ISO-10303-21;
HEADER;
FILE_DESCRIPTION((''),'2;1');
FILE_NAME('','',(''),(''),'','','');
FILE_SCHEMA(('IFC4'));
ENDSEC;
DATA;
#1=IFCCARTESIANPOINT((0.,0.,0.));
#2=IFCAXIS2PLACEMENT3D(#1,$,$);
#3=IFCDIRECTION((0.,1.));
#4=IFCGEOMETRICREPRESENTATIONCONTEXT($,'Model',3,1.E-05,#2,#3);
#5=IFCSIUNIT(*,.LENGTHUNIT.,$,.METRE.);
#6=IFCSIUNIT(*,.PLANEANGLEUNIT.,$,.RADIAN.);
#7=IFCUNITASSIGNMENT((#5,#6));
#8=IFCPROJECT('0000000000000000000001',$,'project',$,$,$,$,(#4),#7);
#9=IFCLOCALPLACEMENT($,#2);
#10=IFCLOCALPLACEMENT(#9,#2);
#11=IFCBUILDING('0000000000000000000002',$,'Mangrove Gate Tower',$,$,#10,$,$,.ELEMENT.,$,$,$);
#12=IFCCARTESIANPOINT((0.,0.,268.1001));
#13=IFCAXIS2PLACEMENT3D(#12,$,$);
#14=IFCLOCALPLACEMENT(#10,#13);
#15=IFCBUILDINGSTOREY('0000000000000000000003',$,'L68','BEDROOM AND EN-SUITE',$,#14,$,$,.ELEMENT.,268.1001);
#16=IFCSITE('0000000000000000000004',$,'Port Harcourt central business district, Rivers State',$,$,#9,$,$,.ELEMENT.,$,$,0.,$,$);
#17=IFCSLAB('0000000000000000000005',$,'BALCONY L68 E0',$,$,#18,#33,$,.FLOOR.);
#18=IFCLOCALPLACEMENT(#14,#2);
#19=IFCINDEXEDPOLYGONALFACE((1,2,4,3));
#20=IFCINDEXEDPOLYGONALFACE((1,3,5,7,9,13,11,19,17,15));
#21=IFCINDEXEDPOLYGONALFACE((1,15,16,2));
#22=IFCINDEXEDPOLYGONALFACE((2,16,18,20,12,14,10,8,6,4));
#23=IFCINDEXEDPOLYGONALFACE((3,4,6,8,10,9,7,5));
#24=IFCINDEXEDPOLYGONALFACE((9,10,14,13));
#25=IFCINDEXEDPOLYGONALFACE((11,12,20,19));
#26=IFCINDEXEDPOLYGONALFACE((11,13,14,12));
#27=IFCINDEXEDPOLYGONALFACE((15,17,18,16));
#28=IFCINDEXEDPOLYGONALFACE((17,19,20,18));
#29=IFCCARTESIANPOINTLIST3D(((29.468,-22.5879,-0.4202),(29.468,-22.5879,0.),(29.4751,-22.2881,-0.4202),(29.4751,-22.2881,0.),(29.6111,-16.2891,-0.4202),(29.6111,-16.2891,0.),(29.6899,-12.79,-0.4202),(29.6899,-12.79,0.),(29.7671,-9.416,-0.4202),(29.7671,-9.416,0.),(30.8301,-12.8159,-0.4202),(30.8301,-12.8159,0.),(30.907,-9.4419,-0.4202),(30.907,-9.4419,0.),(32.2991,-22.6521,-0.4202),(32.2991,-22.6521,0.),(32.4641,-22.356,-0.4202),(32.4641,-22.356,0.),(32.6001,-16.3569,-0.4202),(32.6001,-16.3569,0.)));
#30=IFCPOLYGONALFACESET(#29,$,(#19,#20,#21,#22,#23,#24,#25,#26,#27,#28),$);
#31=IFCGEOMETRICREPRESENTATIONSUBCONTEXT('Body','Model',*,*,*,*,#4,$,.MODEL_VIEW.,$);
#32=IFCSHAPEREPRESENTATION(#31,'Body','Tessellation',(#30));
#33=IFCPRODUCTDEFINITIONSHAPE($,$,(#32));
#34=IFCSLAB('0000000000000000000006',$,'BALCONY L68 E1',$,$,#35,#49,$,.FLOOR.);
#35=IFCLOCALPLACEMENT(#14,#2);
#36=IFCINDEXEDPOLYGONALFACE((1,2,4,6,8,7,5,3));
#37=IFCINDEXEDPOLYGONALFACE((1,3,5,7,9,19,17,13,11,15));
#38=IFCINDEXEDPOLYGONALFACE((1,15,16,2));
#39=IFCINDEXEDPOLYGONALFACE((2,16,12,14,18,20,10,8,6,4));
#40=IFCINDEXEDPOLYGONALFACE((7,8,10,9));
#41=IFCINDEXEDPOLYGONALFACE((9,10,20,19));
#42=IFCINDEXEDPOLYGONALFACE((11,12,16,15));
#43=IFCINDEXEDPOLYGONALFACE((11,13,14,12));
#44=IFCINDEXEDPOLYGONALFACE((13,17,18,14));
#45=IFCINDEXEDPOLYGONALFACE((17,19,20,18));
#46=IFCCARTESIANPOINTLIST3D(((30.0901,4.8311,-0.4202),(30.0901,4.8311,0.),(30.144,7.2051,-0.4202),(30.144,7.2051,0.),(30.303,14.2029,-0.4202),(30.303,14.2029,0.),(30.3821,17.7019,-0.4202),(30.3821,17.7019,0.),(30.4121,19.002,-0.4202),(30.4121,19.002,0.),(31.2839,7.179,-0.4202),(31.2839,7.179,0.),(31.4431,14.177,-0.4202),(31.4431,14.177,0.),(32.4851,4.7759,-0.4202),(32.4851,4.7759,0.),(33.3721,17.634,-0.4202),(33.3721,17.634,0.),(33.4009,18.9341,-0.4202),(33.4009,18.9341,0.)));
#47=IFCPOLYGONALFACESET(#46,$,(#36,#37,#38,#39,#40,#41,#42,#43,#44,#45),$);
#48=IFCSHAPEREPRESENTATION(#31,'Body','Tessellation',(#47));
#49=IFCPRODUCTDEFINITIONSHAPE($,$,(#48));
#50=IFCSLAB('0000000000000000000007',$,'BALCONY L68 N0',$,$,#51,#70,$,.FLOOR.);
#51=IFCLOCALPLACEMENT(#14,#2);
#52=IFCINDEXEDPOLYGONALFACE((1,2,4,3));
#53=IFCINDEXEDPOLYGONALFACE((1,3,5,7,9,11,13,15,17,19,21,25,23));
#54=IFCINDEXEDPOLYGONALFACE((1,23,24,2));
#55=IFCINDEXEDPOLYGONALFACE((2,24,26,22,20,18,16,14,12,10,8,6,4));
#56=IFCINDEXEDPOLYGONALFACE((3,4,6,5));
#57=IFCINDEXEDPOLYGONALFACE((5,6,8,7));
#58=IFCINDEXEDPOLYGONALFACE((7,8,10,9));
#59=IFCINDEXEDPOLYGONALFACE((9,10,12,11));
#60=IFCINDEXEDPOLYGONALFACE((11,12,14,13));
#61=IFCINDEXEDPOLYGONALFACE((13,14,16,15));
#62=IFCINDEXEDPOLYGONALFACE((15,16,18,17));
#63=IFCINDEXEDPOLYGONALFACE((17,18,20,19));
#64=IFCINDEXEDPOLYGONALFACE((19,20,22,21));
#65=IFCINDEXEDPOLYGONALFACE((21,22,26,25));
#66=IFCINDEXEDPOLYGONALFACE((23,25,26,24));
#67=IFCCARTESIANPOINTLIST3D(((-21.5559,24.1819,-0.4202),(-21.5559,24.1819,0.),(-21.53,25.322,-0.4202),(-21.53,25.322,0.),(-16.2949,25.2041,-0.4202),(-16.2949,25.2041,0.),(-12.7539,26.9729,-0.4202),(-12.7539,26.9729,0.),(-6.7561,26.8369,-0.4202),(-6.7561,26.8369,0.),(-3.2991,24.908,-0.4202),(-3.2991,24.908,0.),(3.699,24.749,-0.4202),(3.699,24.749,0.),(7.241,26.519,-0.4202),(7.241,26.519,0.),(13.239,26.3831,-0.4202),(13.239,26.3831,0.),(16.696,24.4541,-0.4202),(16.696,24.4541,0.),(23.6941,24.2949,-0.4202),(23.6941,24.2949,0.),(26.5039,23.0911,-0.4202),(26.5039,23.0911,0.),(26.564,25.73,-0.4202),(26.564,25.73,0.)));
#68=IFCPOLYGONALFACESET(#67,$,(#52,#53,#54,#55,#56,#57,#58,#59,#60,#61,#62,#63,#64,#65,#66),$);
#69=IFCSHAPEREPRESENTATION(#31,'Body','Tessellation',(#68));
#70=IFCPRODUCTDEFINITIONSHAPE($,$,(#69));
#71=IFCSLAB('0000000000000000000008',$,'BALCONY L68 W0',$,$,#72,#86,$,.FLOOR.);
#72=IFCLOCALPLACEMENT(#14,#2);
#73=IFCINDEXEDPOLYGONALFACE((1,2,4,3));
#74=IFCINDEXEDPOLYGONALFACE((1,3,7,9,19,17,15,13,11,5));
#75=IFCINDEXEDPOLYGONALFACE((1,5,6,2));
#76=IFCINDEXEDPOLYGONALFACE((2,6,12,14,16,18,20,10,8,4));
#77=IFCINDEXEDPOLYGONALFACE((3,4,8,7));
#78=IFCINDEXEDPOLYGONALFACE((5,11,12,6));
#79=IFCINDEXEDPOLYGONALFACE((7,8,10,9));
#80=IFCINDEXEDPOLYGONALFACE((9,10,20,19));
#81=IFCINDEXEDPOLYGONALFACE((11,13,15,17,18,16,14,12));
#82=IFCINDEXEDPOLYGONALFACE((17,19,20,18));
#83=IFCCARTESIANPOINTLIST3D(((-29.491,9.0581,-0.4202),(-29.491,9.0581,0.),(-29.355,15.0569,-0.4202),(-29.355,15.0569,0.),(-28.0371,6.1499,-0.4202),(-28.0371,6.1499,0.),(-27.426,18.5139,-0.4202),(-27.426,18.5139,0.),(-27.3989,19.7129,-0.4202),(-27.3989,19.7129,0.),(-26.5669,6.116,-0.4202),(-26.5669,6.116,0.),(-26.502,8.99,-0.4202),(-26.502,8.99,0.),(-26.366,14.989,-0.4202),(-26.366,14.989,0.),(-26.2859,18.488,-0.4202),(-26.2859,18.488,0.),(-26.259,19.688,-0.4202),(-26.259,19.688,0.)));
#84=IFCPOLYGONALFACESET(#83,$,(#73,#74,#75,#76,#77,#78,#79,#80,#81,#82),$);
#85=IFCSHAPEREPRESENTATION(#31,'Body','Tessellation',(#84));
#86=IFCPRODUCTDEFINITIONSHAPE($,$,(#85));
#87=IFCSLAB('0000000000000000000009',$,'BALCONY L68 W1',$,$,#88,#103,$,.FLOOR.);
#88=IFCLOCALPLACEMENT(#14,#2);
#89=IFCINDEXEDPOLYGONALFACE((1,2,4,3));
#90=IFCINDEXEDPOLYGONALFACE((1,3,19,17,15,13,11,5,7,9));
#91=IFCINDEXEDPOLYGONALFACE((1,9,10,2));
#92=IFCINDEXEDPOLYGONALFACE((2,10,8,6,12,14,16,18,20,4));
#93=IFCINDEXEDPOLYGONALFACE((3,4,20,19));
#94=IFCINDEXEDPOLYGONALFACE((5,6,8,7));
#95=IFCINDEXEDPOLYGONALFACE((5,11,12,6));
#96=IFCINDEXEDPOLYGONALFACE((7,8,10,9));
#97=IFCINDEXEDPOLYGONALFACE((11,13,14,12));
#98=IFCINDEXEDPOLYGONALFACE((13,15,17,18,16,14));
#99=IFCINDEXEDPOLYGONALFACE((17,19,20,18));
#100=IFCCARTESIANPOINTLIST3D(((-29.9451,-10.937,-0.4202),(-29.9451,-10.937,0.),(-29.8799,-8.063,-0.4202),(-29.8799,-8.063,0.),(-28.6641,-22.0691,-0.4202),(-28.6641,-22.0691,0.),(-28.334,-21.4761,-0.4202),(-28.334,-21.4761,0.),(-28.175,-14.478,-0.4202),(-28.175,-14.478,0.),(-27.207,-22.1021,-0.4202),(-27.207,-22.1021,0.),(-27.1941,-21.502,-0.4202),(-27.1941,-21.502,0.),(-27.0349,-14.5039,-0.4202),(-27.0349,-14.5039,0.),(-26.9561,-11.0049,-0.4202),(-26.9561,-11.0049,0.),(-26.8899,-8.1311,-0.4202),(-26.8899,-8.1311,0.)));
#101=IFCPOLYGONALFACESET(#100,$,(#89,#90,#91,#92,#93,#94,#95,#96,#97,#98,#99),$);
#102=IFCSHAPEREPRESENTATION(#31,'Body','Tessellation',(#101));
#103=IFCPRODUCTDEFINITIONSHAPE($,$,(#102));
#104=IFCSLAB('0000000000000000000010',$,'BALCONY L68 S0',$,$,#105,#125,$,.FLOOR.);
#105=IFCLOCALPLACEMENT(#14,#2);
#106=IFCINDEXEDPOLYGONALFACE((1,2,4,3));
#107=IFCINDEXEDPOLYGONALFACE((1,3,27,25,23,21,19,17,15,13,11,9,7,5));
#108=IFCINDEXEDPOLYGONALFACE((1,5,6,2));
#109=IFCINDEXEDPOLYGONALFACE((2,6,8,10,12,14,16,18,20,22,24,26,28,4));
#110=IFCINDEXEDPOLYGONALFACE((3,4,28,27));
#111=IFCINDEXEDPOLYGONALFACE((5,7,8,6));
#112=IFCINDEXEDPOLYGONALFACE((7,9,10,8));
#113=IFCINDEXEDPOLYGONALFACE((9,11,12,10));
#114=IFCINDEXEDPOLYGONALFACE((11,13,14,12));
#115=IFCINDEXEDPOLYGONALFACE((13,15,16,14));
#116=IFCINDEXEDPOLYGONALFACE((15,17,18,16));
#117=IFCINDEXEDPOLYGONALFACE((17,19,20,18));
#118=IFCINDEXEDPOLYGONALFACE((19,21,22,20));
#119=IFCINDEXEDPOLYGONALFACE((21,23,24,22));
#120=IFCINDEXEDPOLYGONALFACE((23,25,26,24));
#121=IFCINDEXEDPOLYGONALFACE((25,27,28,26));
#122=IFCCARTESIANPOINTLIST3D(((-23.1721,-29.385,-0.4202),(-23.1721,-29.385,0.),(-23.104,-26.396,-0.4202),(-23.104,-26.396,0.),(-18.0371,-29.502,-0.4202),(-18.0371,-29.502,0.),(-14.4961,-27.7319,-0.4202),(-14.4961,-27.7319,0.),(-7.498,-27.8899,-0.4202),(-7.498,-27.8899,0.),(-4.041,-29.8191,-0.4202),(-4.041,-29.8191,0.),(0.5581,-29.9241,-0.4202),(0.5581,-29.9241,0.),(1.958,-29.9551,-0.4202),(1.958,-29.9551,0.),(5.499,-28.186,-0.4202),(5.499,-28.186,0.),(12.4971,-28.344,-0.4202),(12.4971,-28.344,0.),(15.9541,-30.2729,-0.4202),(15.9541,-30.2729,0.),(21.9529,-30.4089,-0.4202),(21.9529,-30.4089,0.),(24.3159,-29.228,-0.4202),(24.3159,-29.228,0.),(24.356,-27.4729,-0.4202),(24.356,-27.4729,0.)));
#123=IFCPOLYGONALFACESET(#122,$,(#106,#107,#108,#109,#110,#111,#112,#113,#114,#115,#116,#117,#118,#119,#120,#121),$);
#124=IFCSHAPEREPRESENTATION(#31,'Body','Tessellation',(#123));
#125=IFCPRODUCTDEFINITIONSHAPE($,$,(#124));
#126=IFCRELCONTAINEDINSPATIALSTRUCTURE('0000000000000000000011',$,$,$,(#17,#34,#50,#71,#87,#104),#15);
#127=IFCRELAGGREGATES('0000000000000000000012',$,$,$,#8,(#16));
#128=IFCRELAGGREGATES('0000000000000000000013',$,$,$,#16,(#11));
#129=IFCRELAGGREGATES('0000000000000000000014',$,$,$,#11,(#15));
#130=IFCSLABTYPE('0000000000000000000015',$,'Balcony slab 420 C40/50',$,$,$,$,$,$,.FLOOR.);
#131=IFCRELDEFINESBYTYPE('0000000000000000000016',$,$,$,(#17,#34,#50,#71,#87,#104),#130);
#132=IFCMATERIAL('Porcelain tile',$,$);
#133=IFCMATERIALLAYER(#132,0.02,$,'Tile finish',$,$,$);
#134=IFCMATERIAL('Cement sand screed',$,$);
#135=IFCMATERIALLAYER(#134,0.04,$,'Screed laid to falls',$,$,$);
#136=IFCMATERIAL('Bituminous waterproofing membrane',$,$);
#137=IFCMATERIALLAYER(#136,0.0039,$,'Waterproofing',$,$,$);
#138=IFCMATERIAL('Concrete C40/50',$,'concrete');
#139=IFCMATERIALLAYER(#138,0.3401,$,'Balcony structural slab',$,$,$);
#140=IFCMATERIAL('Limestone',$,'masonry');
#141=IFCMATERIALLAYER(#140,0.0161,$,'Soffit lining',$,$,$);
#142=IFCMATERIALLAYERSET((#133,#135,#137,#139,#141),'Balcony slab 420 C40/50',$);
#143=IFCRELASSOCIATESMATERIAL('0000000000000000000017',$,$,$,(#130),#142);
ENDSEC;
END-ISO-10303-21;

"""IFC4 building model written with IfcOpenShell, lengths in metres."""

from ifc_helpers import new_model, si_unit, direction, frame, origin, place, context, subcontext, project, spatial, polyline, outline, extrude, material, layer, layer_set, type_object, element, save


model = new_model("IFC4")

# Units and contexts
model_context = context("Model", 3, precision=1e-05, world=origin(), true_north=direction((0.0, 1.0)))
body_context = subcontext(model_context, "Body", "Model", "MODEL_VIEW")
ifc_project = project(units=[si_unit("LENGTHUNIT", "METRE"), si_unit("PLANEANGLEUNIT", "RADIAN")], contexts=[model_context])

# Site, building, storey
site_placement = place(None, origin())
site = spatial("IfcSite", under=ifc_project, at=site_placement, Name="Port Harcourt central business district, Rivers State", CompositionType="ELEMENT", RefElevation=0.0)
building_placement = place(site_placement, origin())
building = spatial("IfcBuilding", under=site, at=building_placement, Name="Mangrove Gate Tower", CompositionType="ELEMENT")
storey_placement = place(building_placement, frame((0.0, 0.0, 268.1001)))
storey = spatial("IfcBuildingStorey", under=building, at=storey_placement, Name="L68", Description="BEDROOM AND EN-SUITE", CompositionType="ELEMENT", Elevation=268.1001)

# Slabs
ifc_material_1 = material(Name="Porcelain tile")
ifc_layer_1 = layer(ifc_material_1, 0.02, Name="Tile finish")
ifc_material_2 = material(Name="Cement sand screed")
ifc_layer_2 = layer(ifc_material_2, 0.04, Name="Screed laid to falls")
ifc_material_3 = material(Name="Bituminous waterproofing membrane")
ifc_layer_3 = layer(ifc_material_3, 0.0039, Name="Waterproofing")
ifc_material_4 = material(Name="Concrete C40/50", Category="concrete")
ifc_layer_4 = layer(ifc_material_4, 0.3401, Name="Balcony structural slab")
ifc_material_5 = material(Name="Limestone", Category="masonry")
ifc_layer_5 = layer(ifc_material_5, 0.0161, Name="Soffit lining")
ifc_layer_set_1 = layer_set([ifc_layer_1, ifc_layer_2, ifc_layer_3, ifc_layer_4, ifc_layer_5], Name="Balcony slab 420 C40/50")
slab_type_1 = type_object("IfcSlabType", Name="Balcony slab 420 C40/50", PredefinedType="FLOOR", material=ifc_layer_set_1)
slab_1_placement = place(storey_placement, frame((0.0, 0.0, -0.4202)))
element("IfcSlab", 1, at=slab_1_placement, inside=storey, type_object=slab_type_1, Name="BALCONY L68 E0", PredefinedType="FLOOR", context=body_context, shape_type="SweptSolid", body=[
    extrude(outline(polyline([(32.2991, -22.6521), (32.4641, -22.356), (32.6001, -16.3569), (30.8301, -12.8159), (30.907, -9.4419), (29.7671, -9.416), (29.6899, -12.79), (29.6111, -16.2891), (29.4751, -22.2881), (29.468, -22.5879), (32.2991, -22.6521)])), origin(), (0.0, 0.0, 1.0), 0.4202),
])
slab_2_placement = place(storey_placement, frame((0.0, 0.0, -0.4202)))
element("IfcSlab", 2, at=slab_2_placement, inside=storey, type_object=slab_type_1, Name="BALCONY L68 E1", PredefinedType="FLOOR", context=body_context, shape_type="SweptSolid", body=[
    extrude(outline(polyline([(32.4851, 4.7759), (31.2839, 7.179), (31.4431, 14.177), (33.3721, 17.634), (33.4009, 18.9341), (30.4121, 19.002), (30.3821, 17.7019), (30.303, 14.2029), (30.144, 7.2051), (30.0901, 4.8311), (32.4851, 4.7759)])), origin(), (0.0, 0.0, 1.0), 0.4202),
])
slab_3_placement = place(storey_placement, frame((0.0, 0.0, -0.4202)))
element("IfcSlab", 3, at=slab_3_placement, inside=storey, type_object=slab_type_1, Name="BALCONY L68 N0", PredefinedType="FLOOR", context=body_context, shape_type="SweptSolid", body=[
    extrude(outline(polyline([(26.564, 25.73), (23.6941, 24.2949), (16.696, 24.4541), (13.239, 26.3831), (7.241, 26.519), (3.699, 24.749), (-3.2991, 24.908), (-6.7561, 26.8369), (-12.7539, 26.9729), (-16.2949, 25.2041), (-21.53, 25.322), (-21.5559, 24.1819), (26.5039, 23.0911), (26.564, 25.73)])), origin(), (0.0, 0.0, 1.0), 0.4202),
])
slab_4_placement = place(storey_placement, frame((0.0, 0.0, -0.4202)))
element("IfcSlab", 4, at=slab_4_placement, inside=storey, type_object=slab_type_1, Name="BALCONY L68 W0", PredefinedType="FLOOR", context=body_context, shape_type="SweptSolid", body=[
    extrude(outline(polyline([(-27.3989, 19.7129), (-27.426, 18.5139), (-29.355, 15.0569), (-29.491, 9.0581), (-28.0371, 6.1499), (-26.5669, 6.116), (-26.502, 8.99), (-26.366, 14.989), (-26.2859, 18.488), (-26.259, 19.688), (-27.3989, 19.7129)])), origin(), (0.0, 0.0, 1.0), 0.4202),
])
slab_5_placement = place(storey_placement, frame((0.0, 0.0, -0.4202)))
element("IfcSlab", 5, at=slab_5_placement, inside=storey, type_object=slab_type_1, Name="BALCONY L68 W1", PredefinedType="FLOOR", context=body_context, shape_type="SweptSolid", body=[
    extrude(outline(polyline([(-29.8799, -8.063), (-29.9451, -10.937), (-28.175, -14.478), (-28.334, -21.4761), (-28.6641, -22.0691), (-27.207, -22.1021), (-27.1941, -21.502), (-27.0349, -14.5039), (-26.9561, -11.0049), (-26.8899, -8.1311), (-29.8799, -8.063)])), origin(), (0.0, 0.0, 1.0), 0.4202),
])
slab_6_placement = place(storey_placement, frame((0.0, 0.0, -0.4202)))
element("IfcSlab", 6, at=slab_6_placement, inside=storey, type_object=slab_type_1, Name="BALCONY L68 S0", PredefinedType="FLOOR", context=body_context, shape_type="SweptSolid", body=[
    extrude(outline(polyline([(-23.1721, -29.385), (-18.0371, -29.502), (-14.4961, -27.7319), (-7.498, -27.8899), (-4.041, -29.8191), (0.5581, -29.9241), (1.958, -29.9551), (5.499, -28.186), (12.4971, -28.344), (15.9541, -30.2729), (21.9529, -30.4089), (24.3159, -29.228), (24.356, -27.4729), (-23.104, -26.396), (-23.1721, -29.385)])), origin(), (0.0, 0.0, 1.0), 0.4202),
])

save(model, "model.ifc")
